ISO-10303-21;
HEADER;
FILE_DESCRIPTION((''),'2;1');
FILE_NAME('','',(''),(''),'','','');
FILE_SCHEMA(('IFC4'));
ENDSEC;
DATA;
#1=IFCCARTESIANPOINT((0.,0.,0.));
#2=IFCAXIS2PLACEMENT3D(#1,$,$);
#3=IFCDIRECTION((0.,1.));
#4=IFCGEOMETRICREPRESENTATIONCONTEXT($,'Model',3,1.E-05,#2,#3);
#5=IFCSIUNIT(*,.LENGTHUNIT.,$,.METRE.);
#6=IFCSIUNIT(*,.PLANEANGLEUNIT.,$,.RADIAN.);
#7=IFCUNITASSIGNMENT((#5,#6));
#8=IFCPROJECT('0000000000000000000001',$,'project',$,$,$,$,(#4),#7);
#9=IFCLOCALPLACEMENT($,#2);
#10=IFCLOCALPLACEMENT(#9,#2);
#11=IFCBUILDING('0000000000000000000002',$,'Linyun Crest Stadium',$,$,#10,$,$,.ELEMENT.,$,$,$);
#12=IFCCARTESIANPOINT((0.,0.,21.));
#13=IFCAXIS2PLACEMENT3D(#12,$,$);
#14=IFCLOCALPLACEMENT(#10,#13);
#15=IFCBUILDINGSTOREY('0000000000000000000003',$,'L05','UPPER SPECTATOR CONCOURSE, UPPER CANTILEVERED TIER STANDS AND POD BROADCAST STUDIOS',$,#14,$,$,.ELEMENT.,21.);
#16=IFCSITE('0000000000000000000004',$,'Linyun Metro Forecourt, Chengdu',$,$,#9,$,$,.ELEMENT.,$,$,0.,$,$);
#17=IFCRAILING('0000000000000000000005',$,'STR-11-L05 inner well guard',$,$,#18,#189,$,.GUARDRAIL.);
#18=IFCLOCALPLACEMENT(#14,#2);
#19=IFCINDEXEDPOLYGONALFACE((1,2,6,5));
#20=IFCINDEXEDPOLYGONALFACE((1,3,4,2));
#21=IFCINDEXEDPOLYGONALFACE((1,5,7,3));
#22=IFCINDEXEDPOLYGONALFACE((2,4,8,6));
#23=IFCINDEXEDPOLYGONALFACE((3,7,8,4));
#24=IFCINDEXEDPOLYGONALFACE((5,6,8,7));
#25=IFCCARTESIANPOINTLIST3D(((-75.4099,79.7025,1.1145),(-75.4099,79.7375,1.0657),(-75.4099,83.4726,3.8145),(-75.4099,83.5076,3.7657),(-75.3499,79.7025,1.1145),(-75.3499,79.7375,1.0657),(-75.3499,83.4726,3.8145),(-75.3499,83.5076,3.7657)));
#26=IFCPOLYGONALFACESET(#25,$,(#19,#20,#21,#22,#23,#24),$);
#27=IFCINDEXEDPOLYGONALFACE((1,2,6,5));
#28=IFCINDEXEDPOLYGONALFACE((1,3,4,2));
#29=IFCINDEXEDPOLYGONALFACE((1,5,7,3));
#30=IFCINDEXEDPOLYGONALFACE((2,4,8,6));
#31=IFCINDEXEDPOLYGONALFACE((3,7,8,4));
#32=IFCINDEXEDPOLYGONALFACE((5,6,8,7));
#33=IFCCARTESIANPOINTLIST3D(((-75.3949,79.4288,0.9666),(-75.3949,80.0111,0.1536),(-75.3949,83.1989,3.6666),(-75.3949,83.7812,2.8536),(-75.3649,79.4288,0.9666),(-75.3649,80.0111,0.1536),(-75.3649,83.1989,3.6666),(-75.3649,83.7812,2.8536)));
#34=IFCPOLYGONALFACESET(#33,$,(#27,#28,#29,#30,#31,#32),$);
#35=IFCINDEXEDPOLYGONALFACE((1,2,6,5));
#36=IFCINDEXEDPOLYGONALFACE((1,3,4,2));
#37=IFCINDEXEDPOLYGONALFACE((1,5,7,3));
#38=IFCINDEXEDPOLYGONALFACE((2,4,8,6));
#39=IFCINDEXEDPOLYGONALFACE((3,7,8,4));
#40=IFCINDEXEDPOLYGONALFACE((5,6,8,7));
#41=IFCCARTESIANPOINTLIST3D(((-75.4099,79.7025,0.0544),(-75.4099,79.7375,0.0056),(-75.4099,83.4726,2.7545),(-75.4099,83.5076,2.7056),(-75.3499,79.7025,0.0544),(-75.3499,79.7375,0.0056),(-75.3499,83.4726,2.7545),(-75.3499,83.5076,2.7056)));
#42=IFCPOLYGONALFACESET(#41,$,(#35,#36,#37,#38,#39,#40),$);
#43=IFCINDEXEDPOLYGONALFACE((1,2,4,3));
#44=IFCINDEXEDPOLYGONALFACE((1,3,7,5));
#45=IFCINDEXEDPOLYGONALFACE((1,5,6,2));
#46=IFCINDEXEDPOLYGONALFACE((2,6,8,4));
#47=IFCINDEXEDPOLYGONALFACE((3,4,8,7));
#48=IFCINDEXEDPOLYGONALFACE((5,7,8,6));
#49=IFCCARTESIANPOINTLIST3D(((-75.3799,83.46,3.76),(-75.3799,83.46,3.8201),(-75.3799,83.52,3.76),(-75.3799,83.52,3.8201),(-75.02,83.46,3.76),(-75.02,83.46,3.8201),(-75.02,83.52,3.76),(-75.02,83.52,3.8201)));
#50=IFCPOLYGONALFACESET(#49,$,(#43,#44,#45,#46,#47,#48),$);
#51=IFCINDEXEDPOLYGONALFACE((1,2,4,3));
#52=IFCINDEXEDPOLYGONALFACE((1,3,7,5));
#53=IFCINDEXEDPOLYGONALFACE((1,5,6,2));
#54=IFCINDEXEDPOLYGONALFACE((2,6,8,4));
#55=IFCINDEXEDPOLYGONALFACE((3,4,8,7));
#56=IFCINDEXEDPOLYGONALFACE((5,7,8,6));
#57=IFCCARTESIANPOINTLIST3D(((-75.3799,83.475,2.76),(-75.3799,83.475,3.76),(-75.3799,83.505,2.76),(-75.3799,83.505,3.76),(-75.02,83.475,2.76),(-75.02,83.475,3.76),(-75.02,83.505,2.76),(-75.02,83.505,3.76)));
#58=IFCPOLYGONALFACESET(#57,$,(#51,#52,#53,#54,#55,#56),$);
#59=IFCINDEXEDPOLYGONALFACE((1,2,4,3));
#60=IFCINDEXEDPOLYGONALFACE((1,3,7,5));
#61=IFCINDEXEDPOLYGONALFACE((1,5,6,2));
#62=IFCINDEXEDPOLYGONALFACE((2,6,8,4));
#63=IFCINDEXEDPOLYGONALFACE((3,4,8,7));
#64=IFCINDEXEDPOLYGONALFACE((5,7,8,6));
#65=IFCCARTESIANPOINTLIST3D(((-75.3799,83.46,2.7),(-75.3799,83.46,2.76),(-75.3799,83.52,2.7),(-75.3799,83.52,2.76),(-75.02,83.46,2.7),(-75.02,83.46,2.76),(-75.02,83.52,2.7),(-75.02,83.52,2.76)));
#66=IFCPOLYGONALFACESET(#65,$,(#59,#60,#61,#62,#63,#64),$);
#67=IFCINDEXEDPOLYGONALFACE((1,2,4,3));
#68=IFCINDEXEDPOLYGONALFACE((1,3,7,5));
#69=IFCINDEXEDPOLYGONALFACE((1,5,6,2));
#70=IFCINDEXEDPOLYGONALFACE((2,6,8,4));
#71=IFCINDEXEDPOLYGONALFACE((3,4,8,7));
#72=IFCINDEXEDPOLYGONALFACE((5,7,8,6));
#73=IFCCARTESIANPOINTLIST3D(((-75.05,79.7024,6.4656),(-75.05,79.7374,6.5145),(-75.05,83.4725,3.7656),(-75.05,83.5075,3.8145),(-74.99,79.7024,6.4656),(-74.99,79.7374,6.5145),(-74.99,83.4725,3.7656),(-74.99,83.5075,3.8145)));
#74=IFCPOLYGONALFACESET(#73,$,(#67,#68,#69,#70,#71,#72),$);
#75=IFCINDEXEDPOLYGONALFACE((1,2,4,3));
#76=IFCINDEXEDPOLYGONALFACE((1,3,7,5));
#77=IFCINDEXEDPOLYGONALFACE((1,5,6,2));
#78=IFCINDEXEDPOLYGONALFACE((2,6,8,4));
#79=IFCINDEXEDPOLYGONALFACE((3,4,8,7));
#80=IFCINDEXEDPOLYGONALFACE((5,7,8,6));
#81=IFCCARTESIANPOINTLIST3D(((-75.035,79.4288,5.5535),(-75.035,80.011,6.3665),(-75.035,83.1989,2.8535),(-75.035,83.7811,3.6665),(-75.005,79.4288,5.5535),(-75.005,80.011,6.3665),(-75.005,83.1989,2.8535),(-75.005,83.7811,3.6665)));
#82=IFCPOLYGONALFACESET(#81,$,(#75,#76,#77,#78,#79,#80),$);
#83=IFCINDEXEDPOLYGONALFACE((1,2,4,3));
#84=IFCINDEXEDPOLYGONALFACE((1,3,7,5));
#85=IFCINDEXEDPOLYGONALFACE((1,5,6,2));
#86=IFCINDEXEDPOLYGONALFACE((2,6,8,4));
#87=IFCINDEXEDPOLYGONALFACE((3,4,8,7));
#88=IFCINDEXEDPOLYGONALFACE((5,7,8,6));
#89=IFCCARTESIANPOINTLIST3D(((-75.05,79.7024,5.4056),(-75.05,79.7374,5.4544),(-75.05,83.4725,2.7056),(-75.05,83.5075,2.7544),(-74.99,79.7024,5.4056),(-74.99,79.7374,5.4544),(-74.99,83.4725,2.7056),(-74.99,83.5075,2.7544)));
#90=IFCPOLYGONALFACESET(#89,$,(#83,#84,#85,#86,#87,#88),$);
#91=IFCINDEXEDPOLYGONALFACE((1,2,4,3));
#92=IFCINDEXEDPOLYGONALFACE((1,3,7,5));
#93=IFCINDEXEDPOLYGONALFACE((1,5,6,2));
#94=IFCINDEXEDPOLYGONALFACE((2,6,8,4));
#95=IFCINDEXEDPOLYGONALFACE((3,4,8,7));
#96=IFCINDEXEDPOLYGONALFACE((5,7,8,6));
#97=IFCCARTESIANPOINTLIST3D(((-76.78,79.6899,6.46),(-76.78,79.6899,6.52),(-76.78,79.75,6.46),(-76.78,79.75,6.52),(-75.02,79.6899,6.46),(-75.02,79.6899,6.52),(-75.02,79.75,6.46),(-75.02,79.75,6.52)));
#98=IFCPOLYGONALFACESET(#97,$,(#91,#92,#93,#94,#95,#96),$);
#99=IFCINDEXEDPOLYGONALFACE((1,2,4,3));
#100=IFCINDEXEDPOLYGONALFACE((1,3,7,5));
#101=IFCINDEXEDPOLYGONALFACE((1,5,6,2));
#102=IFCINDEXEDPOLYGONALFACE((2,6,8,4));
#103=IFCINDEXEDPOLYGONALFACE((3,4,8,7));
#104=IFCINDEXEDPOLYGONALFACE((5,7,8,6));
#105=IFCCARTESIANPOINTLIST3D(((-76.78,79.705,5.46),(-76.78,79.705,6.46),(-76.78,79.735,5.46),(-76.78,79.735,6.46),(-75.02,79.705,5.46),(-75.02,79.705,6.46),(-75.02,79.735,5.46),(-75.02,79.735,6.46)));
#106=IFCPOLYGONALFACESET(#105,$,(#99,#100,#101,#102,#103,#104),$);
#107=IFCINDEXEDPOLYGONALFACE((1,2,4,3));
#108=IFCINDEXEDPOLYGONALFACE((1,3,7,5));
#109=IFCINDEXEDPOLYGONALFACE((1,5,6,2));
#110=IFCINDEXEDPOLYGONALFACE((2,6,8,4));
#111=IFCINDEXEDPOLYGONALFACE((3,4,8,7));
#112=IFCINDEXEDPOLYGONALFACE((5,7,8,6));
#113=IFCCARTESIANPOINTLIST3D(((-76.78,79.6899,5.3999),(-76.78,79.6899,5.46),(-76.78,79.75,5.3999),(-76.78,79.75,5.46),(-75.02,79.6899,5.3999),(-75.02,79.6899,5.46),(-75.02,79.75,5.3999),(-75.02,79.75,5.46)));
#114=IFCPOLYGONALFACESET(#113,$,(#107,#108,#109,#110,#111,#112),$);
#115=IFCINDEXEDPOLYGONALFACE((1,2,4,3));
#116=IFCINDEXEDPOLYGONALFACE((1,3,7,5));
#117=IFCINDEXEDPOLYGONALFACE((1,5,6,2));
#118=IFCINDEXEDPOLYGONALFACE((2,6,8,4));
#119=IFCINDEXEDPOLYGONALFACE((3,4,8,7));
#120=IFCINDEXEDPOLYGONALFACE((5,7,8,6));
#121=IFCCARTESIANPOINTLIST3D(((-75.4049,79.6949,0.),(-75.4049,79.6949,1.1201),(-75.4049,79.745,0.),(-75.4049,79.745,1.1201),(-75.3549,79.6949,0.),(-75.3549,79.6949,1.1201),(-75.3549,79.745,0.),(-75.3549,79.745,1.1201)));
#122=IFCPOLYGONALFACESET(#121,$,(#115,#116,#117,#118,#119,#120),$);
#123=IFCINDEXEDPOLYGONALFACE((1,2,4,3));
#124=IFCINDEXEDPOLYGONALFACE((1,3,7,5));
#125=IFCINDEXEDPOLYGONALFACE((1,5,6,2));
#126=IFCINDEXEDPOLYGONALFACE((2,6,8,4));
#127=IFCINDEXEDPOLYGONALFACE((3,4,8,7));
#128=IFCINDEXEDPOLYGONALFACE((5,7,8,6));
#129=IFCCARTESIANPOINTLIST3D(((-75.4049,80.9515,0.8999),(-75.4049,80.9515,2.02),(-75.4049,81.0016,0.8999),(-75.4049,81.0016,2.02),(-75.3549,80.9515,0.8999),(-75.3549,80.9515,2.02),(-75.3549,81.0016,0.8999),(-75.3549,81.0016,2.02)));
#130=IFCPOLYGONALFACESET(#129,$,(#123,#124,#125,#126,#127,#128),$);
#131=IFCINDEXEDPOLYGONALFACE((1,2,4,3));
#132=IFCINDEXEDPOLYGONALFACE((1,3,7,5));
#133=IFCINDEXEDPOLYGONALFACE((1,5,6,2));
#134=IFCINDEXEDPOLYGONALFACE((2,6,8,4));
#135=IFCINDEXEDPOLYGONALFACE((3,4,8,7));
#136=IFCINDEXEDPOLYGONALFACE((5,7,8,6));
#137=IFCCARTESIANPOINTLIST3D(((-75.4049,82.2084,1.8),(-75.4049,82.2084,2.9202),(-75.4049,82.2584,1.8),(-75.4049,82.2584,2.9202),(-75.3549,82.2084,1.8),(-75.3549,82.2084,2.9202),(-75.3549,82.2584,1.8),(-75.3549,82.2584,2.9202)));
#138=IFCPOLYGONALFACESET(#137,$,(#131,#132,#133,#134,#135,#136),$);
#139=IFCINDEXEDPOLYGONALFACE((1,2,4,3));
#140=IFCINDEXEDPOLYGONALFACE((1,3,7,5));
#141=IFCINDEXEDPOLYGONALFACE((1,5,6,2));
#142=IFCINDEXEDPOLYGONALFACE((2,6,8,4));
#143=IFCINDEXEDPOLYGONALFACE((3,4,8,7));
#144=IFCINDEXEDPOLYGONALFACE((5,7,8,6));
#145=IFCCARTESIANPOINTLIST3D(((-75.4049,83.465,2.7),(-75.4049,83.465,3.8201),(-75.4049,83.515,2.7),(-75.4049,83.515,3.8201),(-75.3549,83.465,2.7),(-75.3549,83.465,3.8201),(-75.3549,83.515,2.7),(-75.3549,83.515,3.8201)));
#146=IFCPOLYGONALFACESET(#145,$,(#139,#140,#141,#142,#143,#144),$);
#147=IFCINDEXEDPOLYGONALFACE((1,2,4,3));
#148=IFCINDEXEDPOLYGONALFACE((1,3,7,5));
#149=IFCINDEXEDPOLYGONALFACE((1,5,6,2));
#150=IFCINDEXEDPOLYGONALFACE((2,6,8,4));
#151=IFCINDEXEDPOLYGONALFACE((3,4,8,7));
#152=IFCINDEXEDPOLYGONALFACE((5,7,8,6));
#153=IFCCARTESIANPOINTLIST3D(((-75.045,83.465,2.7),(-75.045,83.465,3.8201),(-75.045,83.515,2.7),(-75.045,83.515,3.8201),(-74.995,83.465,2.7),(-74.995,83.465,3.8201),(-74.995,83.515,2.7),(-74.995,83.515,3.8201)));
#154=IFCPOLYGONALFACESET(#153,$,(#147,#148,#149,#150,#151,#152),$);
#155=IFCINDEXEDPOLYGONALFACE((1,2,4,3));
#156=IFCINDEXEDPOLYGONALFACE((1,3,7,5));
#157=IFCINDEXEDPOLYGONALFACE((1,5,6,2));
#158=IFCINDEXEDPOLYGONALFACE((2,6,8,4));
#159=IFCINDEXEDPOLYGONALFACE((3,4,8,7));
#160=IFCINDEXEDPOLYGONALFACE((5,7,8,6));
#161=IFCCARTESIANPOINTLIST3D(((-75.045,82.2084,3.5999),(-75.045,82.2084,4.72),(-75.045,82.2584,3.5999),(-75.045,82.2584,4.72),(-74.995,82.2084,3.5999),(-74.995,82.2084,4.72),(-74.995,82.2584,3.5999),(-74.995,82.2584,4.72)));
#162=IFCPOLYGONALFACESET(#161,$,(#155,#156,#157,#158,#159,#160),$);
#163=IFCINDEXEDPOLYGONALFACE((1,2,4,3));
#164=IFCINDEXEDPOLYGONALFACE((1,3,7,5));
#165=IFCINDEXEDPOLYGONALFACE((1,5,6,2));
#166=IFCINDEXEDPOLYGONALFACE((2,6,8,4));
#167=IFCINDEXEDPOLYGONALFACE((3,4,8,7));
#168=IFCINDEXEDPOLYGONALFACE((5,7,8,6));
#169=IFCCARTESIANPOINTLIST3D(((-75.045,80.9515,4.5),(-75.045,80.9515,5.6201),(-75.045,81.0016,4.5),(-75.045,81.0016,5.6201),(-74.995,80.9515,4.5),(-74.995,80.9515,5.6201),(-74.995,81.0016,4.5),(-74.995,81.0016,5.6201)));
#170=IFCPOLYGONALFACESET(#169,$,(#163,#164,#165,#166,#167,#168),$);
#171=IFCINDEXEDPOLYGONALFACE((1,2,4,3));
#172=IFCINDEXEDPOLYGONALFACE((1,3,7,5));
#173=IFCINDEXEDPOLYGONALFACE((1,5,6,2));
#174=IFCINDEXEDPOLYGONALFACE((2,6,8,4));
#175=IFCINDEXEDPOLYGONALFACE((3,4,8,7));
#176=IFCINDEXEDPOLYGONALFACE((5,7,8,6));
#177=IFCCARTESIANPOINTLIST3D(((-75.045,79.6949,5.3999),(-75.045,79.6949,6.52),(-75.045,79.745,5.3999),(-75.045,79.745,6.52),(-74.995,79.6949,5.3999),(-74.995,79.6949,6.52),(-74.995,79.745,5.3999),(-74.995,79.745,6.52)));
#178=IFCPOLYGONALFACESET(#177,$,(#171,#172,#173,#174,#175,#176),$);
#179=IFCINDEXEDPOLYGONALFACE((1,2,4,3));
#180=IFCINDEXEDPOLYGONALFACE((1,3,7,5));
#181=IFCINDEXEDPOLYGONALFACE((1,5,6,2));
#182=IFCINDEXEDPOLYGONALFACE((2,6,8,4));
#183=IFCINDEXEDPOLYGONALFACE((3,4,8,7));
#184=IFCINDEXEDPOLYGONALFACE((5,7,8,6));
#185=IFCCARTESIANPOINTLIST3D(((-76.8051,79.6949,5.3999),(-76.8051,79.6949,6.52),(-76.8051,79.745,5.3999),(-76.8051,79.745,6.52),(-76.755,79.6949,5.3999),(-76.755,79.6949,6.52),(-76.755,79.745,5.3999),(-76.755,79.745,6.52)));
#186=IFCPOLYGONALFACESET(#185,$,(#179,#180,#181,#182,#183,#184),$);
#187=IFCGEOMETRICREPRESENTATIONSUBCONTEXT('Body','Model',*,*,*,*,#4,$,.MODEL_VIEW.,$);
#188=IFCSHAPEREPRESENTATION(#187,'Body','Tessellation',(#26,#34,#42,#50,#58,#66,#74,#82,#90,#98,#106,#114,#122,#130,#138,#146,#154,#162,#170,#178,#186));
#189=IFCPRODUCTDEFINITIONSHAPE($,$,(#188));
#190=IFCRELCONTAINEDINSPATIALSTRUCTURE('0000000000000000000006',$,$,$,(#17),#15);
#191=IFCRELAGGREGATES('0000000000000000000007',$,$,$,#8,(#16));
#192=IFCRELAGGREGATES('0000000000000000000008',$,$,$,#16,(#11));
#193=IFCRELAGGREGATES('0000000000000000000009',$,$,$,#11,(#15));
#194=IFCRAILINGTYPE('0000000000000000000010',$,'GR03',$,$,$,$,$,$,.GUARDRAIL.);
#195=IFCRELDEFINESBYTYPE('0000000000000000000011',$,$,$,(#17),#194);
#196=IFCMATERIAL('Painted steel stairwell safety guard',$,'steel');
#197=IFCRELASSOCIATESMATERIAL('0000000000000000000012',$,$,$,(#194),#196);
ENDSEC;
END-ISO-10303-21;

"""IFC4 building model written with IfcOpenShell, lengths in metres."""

from ifc_helpers import new_model, si_unit, direction, frame, origin, origin_2d, place, context, subcontext, project, spatial, rectangle, extrude, material, type_object, element, save


model = new_model("IFC4")

# Units and contexts
model_context = context("Model", 3, precision=1e-05, world=origin(), true_north=direction((0.0, 1.0)))
body_context = subcontext(model_context, "Body", "Model", "MODEL_VIEW")
ifc_project = project(units=[si_unit("LENGTHUNIT", "METRE"), si_unit("PLANEANGLEUNIT", "RADIAN")], contexts=[model_context])

# Site, building, storey
site_placement = place(None, origin())
site = spatial("IfcSite", under=ifc_project, at=site_placement, Name="Linyun Metro Forecourt, Chengdu", CompositionType="ELEMENT", RefElevation=0.0)
building_placement = place(site_placement, origin())
building = spatial("IfcBuilding", under=site, at=building_placement, Name="Linyun Crest Stadium", CompositionType="ELEMENT")
storey_placement = place(building_placement, frame((0.0, 0.0, 21.0)))
storey = spatial("IfcBuildingStorey", under=building, at=storey_placement, Name="L05", Description="UPPER SPECTATOR CONCOURSE, UPPER CANTILEVERED TIER STANDS AND POD BROADCAST STUDIOS", CompositionType="ELEMENT", Elevation=21.0)

# Railing
ifc_material_1 = material(Name="Painted steel stairwell safety guard", Category="steel")
railing_type_1 = type_object("IfcRailingType", Name="GR03", PredefinedType="GUARDRAIL", material=ifc_material_1)
railing_1_placement = place(storey_placement, frame((-75.3799, 79.72, 0.0)))
element("IfcRailing", 1, at=railing_1_placement, inside=storey, type_object=railing_type_1, Name="STR-11-L05 inner well guard", PredefinedType="GUARDRAIL", context=body_context, shape_type="SweptSolid", body=[
    extrude(rectangle(XDim=0.0601, YDim=0.0601, at=origin_2d()), frame((0.0, 0.0, 1.0901), z_axis=(0.0, 0.813011, 0.582249), x_axis=(-1.0, 0.0, 0.0)), (0.0, 0.0, 1.0), 4.6372),
    extrude(rectangle(XDim=0.03, YDim=1.0, at=origin_2d()), frame((0.0, 0.0, 0.5601), z_axis=(0.0, 0.813011, 0.582249), x_axis=(-1.0, 0.0, 0.0)), (0.0, 0.0, 1.0), 4.6372),
    extrude(rectangle(XDim=0.0601, YDim=0.0601, at=origin_2d()), frame((0.0, 0.0, 0.03), z_axis=(0.0, 0.813011, 0.582249), x_axis=(-1.0, 0.0, 0.0)), (0.0, 0.0, 1.0), 4.6372),
    extrude(rectangle(XDim=0.0601, YDim=0.0601, at=origin_2d()), frame((0.0, 3.77, 3.79), z_axis=(1.0, 0.0, 0.0), x_axis=(0.0, 1.0, 0.0)), (0.0, 0.0, 1.0), 0.3599),
    extrude(rectangle(XDim=0.03, YDim=1.0, at=origin_2d()), frame((0.0, 3.77, 3.26), z_axis=(1.0, 0.0, 0.0), x_axis=(0.0, 1.0, 0.0)), (0.0, 0.0, 1.0), 0.3599),
    extrude(rectangle(XDim=0.0601, YDim=0.0601, at=origin_2d()), frame((0.0, 3.77, 2.73), z_axis=(1.0, 0.0, 0.0), x_axis=(0.0, 1.0, 0.0)), (0.0, 0.0, 1.0), 0.3599),
    extrude(rectangle(XDim=0.0601, YDim=0.0601, at=origin_2d()), frame((0.3599, 3.77, 3.79), z_axis=(0.0, -0.813011, 0.582249), x_axis=(1.0, 0.0, 0.0)), (0.0, 0.0, 1.0), 4.6372),
    extrude(rectangle(XDim=0.03, YDim=1.0, at=origin_2d()), frame((0.3599, 3.77, 3.26), z_axis=(0.0, -0.813011, 0.582249), x_axis=(1.0, 0.0, 0.0)), (0.0, 0.0, 1.0), 4.6372),
    extrude(rectangle(XDim=0.0601, YDim=0.0601, at=origin_2d()), frame((0.3599, 3.77, 2.73), z_axis=(0.0, -0.813011, 0.582249), x_axis=(1.0, 0.0, 0.0)), (0.0, 0.0, 1.0), 4.6372),
    extrude(rectangle(XDim=0.0601, YDim=0.0601, at=origin_2d()), frame((0.3599, 0.0, 6.49), z_axis=(-1.0, 0.0, 0.0), x_axis=(0.0, -1.0, 0.0)), (0.0, 0.0, 1.0), 1.76),
    extrude(rectangle(XDim=0.03, YDim=1.0, at=origin_2d()), frame((0.3599, 0.0, 5.96), z_axis=(-1.0, 0.0, 0.0), x_axis=(0.0, -1.0, 0.0)), (0.0, 0.0, 1.0), 1.76),
    extrude(rectangle(XDim=0.0601, YDim=0.0601, at=origin_2d()), frame((0.3599, 0.0, 5.4299), z_axis=(-1.0, 0.0, 0.0), x_axis=(0.0, -1.0, 0.0)), (0.0, 0.0, 1.0), 1.76),
    extrude(rectangle(XDim=0.05, YDim=0.05, at=origin_2d()), origin(), (0.0, 0.0, 1.0), 1.1201),
    extrude(rectangle(XDim=0.05, YDim=0.05, at=origin_2d()), frame((0.0, 1.2566, 0.8999)), (0.0, 0.0, 1.0), 1.1201),
    extrude(rectangle(XDim=0.05, YDim=0.05, at=origin_2d()), frame((0.0, 2.5134, 1.8)), (0.0, 0.0, 1.0), 1.1201),
    extrude(rectangle(XDim=0.05, YDim=0.05, at=origin_2d()), frame((0.0, 3.77, 2.7)), (0.0, 0.0, 1.0), 1.1201),
    extrude(rectangle(XDim=0.05, YDim=0.05, at=origin_2d()), frame((0.3599, 3.77, 2.7)), (0.0, 0.0, 1.0), 1.1201),
    extrude(rectangle(XDim=0.05, YDim=0.05, at=origin_2d()), frame((0.3599, 2.5134, 3.5999)), (0.0, 0.0, 1.0), 1.1201),
    extrude(rectangle(XDim=0.05, YDim=0.05, at=origin_2d()), frame((0.3599, 1.2566, 4.5)), (0.0, 0.0, 1.0), 1.1201),
    extrude(rectangle(XDim=0.05, YDim=0.05, at=origin_2d()), frame((0.3599, 0.0, 5.3999)), (0.0, 0.0, 1.0), 1.1201),
    extrude(rectangle(XDim=0.05, YDim=0.05, at=origin_2d()), frame((-1.4001, 0.0, 5.3999)), (0.0, 0.0, 1.0), 1.1201),
])

save(model, "model.ifc")
